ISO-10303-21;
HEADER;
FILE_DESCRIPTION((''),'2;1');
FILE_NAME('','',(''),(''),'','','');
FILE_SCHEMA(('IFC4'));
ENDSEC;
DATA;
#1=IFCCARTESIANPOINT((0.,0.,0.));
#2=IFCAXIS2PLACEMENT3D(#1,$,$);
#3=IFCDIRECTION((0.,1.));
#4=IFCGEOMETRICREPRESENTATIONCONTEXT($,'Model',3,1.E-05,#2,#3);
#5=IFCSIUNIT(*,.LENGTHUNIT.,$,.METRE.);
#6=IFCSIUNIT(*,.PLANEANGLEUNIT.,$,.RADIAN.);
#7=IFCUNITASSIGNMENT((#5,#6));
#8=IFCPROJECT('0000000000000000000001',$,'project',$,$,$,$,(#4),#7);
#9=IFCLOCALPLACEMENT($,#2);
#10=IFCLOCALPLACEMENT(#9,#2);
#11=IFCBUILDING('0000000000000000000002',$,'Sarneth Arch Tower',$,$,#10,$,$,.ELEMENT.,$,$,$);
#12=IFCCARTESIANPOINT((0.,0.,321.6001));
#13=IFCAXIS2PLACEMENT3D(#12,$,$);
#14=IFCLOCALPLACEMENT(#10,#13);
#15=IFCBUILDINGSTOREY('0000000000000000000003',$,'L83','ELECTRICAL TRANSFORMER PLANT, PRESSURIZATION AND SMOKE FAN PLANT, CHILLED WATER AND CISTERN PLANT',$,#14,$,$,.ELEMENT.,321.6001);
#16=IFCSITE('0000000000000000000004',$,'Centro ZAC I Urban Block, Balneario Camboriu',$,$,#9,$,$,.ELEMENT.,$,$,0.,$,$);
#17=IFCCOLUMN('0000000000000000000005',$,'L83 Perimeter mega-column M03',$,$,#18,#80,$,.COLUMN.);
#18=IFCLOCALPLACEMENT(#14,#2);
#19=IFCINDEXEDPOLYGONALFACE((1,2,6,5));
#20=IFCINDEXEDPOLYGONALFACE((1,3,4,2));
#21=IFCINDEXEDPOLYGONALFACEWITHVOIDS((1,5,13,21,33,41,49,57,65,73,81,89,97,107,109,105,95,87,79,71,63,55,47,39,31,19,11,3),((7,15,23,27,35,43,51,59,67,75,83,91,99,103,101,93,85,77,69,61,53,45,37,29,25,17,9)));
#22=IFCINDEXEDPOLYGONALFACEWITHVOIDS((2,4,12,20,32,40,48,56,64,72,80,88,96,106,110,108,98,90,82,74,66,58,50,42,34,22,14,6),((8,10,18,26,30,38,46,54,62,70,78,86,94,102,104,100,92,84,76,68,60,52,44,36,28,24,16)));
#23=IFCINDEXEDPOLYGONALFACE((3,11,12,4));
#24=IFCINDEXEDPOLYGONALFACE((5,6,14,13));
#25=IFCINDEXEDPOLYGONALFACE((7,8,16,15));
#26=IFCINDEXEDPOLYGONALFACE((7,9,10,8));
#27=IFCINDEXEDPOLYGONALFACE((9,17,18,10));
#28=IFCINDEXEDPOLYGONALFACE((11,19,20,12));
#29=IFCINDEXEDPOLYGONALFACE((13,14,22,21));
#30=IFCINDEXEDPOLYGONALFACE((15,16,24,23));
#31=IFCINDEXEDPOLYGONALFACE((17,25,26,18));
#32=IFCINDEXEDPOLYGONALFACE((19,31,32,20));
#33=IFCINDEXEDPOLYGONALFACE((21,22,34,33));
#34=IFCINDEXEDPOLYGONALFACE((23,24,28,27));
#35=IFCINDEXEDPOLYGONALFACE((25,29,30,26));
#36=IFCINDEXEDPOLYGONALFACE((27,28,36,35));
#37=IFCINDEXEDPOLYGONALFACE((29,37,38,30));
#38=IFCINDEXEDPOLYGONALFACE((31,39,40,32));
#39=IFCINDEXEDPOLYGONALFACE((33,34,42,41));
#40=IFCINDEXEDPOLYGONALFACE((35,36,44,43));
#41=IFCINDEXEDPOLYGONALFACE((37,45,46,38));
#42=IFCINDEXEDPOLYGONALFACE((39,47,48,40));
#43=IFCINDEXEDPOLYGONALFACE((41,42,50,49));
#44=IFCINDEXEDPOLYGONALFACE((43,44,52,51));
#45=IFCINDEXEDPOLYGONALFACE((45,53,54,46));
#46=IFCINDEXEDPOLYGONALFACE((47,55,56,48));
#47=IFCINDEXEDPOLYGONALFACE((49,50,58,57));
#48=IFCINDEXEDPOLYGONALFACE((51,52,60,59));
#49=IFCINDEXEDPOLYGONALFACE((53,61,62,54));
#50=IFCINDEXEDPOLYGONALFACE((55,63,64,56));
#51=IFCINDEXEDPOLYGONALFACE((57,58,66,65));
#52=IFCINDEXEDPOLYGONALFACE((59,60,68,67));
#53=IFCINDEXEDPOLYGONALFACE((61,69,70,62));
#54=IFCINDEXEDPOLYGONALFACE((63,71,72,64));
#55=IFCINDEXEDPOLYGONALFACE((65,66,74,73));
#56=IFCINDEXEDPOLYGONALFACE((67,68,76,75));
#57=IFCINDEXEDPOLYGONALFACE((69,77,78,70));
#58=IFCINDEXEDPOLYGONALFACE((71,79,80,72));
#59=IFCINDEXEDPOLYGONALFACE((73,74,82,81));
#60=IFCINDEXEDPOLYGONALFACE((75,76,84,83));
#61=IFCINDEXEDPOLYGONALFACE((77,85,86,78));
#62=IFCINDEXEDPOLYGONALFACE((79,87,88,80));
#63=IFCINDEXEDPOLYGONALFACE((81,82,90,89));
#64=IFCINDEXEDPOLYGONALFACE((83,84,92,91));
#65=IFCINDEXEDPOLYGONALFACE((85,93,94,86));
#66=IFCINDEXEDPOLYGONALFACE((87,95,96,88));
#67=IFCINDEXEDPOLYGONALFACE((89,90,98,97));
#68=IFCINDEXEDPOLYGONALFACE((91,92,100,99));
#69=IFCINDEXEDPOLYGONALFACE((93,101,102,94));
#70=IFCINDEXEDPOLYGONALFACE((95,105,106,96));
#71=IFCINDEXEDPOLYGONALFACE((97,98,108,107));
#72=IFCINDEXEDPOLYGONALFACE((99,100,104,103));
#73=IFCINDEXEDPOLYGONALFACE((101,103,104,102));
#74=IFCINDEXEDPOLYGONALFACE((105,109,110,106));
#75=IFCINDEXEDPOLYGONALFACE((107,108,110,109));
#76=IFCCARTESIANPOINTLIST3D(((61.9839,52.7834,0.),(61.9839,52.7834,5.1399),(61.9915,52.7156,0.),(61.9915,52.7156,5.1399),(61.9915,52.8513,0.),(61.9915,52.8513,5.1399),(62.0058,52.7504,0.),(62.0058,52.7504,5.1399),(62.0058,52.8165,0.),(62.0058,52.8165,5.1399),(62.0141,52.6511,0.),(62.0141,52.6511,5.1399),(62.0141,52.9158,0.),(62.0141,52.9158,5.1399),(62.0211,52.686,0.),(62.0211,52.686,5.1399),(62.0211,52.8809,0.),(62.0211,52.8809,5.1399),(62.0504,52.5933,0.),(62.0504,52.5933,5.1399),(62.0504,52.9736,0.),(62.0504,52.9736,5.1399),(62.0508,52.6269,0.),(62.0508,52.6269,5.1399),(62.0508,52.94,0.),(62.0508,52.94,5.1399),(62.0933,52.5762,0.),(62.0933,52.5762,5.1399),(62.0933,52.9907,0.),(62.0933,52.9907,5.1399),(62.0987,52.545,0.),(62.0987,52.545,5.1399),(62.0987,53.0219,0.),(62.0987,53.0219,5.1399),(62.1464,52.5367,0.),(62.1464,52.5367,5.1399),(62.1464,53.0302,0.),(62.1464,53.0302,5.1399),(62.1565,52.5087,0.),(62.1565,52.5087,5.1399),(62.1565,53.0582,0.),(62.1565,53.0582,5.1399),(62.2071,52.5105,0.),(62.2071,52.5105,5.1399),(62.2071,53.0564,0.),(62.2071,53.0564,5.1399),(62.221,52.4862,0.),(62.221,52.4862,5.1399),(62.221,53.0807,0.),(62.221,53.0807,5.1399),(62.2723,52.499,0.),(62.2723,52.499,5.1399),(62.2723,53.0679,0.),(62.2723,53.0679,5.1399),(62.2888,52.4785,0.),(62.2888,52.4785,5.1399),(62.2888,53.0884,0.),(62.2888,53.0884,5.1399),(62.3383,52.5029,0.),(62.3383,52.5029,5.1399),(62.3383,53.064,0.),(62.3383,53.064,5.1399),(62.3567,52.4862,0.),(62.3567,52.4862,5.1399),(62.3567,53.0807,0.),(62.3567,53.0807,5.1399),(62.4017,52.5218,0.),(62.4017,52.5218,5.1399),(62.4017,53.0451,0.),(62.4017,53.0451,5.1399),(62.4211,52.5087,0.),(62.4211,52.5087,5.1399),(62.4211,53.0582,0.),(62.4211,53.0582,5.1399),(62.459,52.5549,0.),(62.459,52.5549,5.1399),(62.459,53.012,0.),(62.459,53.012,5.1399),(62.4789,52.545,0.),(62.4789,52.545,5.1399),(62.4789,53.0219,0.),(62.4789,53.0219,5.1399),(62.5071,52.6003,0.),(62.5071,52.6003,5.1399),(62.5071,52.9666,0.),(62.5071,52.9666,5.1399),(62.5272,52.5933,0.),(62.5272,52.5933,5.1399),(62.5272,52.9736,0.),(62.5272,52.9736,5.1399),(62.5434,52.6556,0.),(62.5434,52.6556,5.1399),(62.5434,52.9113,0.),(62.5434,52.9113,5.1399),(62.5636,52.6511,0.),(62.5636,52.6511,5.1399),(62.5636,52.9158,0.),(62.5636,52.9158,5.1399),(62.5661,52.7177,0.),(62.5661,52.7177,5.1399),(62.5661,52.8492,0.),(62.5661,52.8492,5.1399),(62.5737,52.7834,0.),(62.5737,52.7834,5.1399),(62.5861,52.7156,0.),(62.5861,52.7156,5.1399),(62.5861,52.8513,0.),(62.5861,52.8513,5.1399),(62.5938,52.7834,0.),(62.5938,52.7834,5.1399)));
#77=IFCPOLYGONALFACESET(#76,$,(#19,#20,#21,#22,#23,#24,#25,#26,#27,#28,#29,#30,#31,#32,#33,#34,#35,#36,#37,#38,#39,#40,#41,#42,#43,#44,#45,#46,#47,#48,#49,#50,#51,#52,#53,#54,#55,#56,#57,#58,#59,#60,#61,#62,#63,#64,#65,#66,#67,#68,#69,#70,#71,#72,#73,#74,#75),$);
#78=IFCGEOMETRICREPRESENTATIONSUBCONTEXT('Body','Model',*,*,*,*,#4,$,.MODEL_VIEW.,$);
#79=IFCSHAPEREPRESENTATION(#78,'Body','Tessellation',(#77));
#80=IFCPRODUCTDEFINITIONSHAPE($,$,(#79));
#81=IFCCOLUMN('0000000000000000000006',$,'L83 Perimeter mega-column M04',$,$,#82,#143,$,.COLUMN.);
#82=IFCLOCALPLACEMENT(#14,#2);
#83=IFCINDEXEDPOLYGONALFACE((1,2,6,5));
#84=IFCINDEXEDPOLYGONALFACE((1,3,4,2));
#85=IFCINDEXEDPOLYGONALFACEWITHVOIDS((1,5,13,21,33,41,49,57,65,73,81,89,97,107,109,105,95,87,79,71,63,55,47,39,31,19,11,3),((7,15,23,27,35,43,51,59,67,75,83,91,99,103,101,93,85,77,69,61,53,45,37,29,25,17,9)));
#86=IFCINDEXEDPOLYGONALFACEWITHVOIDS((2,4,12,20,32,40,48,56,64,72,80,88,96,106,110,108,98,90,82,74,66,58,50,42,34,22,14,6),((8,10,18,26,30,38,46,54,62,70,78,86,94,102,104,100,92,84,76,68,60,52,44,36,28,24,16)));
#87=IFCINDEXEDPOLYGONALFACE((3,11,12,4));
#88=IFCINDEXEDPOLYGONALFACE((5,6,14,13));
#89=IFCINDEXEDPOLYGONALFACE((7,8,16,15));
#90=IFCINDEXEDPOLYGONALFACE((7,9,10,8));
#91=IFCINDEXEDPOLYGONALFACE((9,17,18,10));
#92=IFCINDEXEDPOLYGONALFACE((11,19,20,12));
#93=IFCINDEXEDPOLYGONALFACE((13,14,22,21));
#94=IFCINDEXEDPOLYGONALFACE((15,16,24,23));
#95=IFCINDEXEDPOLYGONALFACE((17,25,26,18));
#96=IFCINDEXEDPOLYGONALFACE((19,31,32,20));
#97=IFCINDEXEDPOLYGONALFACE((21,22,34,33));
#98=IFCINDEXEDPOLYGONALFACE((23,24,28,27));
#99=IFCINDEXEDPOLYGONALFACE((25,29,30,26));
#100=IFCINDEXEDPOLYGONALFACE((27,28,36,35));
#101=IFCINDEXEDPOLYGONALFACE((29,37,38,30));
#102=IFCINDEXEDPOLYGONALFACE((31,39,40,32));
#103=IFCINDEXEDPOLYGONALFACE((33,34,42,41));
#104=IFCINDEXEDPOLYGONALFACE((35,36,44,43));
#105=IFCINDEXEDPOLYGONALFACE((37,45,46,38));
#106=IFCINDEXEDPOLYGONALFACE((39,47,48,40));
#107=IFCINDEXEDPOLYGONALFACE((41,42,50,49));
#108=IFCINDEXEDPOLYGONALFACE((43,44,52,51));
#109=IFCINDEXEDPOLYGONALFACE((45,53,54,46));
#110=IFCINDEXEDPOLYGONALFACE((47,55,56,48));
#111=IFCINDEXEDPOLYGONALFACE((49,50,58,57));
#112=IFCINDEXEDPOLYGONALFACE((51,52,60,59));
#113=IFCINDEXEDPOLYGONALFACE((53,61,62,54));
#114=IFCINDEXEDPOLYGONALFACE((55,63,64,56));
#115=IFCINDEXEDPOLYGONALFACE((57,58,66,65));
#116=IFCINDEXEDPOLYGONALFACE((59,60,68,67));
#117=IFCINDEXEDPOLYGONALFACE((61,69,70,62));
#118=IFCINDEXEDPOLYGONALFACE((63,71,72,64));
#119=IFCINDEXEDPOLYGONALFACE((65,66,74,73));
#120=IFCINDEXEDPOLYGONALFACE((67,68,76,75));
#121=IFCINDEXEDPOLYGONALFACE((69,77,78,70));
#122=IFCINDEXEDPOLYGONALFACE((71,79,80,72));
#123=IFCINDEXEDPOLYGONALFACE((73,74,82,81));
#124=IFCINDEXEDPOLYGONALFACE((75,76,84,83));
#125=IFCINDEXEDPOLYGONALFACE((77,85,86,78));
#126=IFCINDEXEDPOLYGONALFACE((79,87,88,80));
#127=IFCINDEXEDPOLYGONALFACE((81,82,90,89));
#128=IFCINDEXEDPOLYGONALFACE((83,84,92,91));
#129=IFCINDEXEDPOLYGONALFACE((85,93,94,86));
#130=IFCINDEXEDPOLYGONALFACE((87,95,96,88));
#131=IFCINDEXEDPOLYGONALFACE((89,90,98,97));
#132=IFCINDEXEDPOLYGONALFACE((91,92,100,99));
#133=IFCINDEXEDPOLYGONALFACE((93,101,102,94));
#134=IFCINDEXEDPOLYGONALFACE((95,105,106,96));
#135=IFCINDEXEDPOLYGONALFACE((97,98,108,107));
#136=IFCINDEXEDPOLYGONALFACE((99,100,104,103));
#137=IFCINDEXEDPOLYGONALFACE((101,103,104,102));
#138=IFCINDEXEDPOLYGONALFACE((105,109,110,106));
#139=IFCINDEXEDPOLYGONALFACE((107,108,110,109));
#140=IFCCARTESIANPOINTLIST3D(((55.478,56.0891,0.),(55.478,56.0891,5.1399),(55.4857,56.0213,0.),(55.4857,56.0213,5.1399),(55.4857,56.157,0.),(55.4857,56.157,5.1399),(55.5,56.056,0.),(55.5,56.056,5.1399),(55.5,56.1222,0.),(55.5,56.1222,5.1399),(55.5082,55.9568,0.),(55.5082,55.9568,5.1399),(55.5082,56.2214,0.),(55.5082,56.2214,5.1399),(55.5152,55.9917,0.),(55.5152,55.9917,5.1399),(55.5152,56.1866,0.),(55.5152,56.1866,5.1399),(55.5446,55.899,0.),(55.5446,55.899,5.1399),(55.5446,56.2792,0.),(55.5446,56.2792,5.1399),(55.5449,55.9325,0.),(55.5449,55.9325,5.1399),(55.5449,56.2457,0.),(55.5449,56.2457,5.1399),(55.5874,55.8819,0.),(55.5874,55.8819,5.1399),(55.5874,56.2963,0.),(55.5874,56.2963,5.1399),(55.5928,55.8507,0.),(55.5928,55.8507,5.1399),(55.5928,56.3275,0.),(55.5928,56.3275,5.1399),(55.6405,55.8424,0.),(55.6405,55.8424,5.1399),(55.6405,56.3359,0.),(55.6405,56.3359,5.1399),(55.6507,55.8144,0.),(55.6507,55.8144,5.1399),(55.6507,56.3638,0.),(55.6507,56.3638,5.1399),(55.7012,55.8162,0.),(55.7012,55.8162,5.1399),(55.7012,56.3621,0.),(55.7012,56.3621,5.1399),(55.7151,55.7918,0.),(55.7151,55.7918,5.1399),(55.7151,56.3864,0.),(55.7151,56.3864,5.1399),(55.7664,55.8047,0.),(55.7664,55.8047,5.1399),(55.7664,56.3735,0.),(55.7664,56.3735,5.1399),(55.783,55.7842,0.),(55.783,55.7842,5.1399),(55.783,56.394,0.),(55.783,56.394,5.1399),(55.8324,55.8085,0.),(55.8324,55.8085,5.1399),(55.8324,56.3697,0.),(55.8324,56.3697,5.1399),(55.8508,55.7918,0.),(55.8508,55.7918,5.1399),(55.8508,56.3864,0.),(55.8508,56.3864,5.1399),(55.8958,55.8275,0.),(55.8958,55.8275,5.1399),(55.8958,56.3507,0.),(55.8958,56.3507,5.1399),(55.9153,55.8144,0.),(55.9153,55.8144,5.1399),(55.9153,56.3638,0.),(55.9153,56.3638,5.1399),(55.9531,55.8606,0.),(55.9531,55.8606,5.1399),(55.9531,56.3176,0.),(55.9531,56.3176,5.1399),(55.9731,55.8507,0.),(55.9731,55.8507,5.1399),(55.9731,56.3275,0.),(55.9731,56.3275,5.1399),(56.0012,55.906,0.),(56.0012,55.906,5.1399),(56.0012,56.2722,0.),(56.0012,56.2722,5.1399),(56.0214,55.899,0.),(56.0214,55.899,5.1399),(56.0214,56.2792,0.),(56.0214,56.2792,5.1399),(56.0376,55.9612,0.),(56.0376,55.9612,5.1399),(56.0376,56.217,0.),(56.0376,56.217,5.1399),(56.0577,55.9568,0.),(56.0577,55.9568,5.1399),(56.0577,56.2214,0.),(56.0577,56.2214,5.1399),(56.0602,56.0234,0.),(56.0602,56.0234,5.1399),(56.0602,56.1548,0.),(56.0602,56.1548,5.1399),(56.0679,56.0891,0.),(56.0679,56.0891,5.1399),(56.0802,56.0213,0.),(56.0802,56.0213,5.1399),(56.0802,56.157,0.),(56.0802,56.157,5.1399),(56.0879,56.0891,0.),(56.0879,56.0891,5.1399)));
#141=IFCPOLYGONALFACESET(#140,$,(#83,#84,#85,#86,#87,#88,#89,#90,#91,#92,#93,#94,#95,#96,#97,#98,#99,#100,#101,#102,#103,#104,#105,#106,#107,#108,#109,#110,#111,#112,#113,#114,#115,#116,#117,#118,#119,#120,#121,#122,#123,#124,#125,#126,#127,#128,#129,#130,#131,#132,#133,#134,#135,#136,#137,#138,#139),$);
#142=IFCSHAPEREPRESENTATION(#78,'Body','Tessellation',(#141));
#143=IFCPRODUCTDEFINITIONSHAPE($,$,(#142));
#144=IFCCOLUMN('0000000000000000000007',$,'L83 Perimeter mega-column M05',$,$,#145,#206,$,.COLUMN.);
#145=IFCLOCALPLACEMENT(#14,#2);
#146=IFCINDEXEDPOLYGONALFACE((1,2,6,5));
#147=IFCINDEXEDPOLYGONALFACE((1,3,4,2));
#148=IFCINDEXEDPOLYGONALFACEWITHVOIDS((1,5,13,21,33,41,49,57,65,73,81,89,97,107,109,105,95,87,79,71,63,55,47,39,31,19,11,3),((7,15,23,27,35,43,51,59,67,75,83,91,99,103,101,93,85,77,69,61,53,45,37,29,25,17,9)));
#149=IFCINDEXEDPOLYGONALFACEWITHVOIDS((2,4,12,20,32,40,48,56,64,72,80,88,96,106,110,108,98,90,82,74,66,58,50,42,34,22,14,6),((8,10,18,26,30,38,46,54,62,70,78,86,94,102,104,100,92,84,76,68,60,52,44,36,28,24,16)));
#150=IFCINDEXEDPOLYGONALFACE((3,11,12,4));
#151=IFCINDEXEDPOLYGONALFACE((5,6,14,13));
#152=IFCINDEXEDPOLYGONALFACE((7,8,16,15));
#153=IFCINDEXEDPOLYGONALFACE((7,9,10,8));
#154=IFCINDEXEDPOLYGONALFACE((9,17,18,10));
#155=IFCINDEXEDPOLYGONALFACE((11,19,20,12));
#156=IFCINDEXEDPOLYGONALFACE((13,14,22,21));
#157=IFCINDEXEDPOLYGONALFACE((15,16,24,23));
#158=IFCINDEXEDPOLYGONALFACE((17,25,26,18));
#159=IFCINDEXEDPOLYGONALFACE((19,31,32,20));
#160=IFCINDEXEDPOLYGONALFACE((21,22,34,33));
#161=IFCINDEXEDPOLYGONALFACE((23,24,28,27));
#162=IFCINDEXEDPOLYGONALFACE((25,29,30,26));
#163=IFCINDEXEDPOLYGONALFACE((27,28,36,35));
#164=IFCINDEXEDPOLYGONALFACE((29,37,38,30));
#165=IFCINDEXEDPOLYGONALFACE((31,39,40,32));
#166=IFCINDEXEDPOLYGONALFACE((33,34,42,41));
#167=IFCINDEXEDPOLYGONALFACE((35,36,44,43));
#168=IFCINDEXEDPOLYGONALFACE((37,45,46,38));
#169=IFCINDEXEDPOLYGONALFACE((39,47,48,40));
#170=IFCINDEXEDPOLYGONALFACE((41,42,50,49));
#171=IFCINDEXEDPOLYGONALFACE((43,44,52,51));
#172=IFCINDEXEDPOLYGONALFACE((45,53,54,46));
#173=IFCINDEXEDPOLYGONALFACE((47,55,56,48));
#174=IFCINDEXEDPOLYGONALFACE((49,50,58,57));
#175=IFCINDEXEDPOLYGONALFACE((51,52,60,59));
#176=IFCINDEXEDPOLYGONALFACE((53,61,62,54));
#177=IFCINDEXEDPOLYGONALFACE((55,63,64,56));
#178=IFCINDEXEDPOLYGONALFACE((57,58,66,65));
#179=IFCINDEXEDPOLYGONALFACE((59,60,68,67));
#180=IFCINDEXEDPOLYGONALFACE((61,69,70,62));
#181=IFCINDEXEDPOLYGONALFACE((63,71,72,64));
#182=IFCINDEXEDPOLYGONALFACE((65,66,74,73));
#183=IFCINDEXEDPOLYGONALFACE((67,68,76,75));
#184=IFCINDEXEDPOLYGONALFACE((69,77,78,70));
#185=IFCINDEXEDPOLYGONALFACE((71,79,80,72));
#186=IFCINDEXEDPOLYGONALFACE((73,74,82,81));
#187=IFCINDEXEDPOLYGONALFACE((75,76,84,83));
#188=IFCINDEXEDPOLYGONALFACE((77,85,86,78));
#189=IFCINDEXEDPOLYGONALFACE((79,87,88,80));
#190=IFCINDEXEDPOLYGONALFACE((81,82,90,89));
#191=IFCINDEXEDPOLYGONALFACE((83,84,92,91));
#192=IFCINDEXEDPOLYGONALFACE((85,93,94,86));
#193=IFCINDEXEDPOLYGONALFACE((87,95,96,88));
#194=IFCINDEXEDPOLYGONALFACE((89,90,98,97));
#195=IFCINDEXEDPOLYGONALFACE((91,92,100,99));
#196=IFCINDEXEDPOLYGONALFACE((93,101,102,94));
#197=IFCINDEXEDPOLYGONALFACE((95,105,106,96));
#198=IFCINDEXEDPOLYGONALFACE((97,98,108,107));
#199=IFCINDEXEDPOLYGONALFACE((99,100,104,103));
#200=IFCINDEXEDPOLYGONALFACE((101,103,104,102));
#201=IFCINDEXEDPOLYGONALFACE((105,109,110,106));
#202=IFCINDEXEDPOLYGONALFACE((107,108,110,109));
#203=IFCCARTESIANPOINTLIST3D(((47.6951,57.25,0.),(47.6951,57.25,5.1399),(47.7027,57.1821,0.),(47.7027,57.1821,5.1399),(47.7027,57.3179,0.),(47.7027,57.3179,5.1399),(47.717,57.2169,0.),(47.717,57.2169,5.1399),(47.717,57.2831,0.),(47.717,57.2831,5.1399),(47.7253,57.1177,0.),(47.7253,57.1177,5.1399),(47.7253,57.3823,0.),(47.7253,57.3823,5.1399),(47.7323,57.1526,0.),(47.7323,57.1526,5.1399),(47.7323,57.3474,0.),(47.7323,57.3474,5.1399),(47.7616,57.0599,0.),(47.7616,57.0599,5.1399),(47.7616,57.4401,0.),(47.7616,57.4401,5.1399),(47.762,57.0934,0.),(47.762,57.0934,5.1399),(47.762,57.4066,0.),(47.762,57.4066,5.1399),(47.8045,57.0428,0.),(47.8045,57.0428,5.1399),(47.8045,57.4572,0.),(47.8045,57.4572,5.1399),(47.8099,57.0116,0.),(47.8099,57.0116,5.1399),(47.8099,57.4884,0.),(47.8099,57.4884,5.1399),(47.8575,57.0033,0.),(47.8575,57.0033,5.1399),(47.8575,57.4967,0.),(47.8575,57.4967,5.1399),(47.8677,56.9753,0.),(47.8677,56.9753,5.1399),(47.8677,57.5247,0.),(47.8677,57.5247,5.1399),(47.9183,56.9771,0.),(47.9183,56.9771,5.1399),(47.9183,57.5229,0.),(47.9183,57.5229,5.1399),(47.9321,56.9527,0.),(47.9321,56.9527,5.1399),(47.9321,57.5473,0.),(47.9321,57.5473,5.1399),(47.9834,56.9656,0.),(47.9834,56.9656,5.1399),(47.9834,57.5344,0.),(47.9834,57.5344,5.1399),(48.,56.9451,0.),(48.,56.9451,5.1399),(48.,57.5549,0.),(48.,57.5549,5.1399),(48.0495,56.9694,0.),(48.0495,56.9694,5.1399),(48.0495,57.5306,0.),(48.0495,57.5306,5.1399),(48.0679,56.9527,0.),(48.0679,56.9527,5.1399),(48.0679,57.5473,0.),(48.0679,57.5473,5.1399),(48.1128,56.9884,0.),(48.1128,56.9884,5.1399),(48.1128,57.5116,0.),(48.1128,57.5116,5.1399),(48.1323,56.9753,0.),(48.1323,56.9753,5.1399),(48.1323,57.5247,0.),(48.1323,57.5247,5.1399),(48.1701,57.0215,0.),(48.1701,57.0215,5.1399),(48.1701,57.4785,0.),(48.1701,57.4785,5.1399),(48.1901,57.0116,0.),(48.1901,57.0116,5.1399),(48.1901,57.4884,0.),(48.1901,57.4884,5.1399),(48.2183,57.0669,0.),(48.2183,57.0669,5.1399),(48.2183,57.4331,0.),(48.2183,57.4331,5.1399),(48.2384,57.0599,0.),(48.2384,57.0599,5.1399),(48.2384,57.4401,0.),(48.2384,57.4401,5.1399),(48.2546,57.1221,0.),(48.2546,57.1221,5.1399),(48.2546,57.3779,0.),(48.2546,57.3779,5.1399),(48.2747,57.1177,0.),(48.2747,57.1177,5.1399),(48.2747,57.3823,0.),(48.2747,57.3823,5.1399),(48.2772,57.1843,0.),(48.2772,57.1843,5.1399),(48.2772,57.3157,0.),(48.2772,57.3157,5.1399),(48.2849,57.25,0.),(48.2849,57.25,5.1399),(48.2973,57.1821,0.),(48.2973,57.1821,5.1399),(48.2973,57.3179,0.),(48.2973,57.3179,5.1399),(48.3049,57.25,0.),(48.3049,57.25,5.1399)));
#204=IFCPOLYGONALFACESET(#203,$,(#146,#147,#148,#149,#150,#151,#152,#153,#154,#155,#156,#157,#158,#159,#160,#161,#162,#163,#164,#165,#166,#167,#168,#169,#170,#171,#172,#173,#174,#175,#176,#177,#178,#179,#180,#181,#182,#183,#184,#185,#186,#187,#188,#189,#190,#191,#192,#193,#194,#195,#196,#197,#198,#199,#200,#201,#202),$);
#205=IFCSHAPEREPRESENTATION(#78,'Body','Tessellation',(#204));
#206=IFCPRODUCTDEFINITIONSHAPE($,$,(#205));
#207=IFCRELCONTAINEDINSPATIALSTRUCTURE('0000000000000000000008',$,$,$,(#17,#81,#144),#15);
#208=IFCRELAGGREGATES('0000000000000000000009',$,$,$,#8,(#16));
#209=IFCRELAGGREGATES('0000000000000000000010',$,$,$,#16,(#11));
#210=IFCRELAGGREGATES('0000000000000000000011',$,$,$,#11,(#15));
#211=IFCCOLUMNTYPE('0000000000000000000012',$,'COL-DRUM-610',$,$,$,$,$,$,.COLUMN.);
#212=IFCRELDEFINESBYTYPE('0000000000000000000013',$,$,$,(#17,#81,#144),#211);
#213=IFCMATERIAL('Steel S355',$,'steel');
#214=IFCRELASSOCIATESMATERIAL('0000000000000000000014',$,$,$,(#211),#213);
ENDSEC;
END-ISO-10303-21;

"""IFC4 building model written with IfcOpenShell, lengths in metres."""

from ifc_helpers import new_model, si_unit, direction, frame, origin, origin_2d, place, context, subcontext, project, spatial, hollow_circle, extrude, material, material_profile, profile_set, type_object, element, save


model = new_model("IFC4")

# Units and contexts
model_context = context("Model", 3, precision=1e-05, world=origin(), true_north=direction((0.0, 1.0)))
body_context = subcontext(model_context, "Body", "Model", "MODEL_VIEW")
ifc_project = project(units=[si_unit("LENGTHUNIT", "METRE"), si_unit("PLANEANGLEUNIT", "RADIAN")], contexts=[model_context])

# Site, building, storey
site_placement = place(None, origin())
site = spatial("IfcSite", under=ifc_project, at=site_placement, Name="Centro ZAC I Urban Block, Balneario Camboriu", CompositionType="ELEMENT", RefElevation=0.0)
building_placement = place(site_placement, origin())
building = spatial("IfcBuilding", under=site, at=building_placement, Name="Sarneth Arch Tower", CompositionType="ELEMENT")
storey_placement = place(building_placement, frame((0.0, 0.0, 321.6001)))
storey = spatial("IfcBuildingStorey", under=building, at=storey_placement, Name="L83", Description="ELECTRICAL TRANSFORMER PLANT, PRESSURIZATION AND SMOKE FAN PLANT, CHILLED WATER AND CISTERN PLANT", CompositionType="ELEMENT", Elevation=321.6001)

# Columns
ifc_material_1 = material(Name="Steel S355", Category="steel")
ifc_material_profile_1 = material_profile(ifc_material_1, hollow_circle(Radius=0.3049, WallThickness=0.02, at=origin_2d()), Name="CHS610x20")
ifc_profile_set_1 = profile_set([ifc_material_profile_1], Name="Steel S355")
column_type = type_object("IfcColumnType", Name="COL-DRUM-610", PredefinedType="COLUMN", material=ifc_profile_set_1)
for number, where, z_axis, x_axis, name in (
    (1, (62.2888, 52.7834, 0.0), (0.0, 0.0, 1.0), (1.0, 0.0, 0.0), "L83 Perimeter mega-column M03"),
    (2, (55.783, 56.0891, 0.0), (0.0, 0.0, 1.0), (1.0, 0.0, 0.0), "L83 Perimeter mega-column M04"),
    (3, (48.0, 57.25, 0.0), (0.0, 0.0, 1.0), (1.0, 0.0, 0.0), "L83 Perimeter mega-column M05"),
):
    element("IfcColumn", number, at=place(storey_placement, frame(where, z_axis=z_axis, x_axis=x_axis)), inside=storey, type_object=column_type, Name=name, PredefinedType="COLUMN", context=body_context, shape_type="SweptSolid", body=[
        extrude(hollow_circle(Radius=0.3049, WallThickness=0.02, at=origin_2d()), origin(), (0.0, 0.0, 1.0), 5.1399),
    ])

save(model, "model.ifc")
